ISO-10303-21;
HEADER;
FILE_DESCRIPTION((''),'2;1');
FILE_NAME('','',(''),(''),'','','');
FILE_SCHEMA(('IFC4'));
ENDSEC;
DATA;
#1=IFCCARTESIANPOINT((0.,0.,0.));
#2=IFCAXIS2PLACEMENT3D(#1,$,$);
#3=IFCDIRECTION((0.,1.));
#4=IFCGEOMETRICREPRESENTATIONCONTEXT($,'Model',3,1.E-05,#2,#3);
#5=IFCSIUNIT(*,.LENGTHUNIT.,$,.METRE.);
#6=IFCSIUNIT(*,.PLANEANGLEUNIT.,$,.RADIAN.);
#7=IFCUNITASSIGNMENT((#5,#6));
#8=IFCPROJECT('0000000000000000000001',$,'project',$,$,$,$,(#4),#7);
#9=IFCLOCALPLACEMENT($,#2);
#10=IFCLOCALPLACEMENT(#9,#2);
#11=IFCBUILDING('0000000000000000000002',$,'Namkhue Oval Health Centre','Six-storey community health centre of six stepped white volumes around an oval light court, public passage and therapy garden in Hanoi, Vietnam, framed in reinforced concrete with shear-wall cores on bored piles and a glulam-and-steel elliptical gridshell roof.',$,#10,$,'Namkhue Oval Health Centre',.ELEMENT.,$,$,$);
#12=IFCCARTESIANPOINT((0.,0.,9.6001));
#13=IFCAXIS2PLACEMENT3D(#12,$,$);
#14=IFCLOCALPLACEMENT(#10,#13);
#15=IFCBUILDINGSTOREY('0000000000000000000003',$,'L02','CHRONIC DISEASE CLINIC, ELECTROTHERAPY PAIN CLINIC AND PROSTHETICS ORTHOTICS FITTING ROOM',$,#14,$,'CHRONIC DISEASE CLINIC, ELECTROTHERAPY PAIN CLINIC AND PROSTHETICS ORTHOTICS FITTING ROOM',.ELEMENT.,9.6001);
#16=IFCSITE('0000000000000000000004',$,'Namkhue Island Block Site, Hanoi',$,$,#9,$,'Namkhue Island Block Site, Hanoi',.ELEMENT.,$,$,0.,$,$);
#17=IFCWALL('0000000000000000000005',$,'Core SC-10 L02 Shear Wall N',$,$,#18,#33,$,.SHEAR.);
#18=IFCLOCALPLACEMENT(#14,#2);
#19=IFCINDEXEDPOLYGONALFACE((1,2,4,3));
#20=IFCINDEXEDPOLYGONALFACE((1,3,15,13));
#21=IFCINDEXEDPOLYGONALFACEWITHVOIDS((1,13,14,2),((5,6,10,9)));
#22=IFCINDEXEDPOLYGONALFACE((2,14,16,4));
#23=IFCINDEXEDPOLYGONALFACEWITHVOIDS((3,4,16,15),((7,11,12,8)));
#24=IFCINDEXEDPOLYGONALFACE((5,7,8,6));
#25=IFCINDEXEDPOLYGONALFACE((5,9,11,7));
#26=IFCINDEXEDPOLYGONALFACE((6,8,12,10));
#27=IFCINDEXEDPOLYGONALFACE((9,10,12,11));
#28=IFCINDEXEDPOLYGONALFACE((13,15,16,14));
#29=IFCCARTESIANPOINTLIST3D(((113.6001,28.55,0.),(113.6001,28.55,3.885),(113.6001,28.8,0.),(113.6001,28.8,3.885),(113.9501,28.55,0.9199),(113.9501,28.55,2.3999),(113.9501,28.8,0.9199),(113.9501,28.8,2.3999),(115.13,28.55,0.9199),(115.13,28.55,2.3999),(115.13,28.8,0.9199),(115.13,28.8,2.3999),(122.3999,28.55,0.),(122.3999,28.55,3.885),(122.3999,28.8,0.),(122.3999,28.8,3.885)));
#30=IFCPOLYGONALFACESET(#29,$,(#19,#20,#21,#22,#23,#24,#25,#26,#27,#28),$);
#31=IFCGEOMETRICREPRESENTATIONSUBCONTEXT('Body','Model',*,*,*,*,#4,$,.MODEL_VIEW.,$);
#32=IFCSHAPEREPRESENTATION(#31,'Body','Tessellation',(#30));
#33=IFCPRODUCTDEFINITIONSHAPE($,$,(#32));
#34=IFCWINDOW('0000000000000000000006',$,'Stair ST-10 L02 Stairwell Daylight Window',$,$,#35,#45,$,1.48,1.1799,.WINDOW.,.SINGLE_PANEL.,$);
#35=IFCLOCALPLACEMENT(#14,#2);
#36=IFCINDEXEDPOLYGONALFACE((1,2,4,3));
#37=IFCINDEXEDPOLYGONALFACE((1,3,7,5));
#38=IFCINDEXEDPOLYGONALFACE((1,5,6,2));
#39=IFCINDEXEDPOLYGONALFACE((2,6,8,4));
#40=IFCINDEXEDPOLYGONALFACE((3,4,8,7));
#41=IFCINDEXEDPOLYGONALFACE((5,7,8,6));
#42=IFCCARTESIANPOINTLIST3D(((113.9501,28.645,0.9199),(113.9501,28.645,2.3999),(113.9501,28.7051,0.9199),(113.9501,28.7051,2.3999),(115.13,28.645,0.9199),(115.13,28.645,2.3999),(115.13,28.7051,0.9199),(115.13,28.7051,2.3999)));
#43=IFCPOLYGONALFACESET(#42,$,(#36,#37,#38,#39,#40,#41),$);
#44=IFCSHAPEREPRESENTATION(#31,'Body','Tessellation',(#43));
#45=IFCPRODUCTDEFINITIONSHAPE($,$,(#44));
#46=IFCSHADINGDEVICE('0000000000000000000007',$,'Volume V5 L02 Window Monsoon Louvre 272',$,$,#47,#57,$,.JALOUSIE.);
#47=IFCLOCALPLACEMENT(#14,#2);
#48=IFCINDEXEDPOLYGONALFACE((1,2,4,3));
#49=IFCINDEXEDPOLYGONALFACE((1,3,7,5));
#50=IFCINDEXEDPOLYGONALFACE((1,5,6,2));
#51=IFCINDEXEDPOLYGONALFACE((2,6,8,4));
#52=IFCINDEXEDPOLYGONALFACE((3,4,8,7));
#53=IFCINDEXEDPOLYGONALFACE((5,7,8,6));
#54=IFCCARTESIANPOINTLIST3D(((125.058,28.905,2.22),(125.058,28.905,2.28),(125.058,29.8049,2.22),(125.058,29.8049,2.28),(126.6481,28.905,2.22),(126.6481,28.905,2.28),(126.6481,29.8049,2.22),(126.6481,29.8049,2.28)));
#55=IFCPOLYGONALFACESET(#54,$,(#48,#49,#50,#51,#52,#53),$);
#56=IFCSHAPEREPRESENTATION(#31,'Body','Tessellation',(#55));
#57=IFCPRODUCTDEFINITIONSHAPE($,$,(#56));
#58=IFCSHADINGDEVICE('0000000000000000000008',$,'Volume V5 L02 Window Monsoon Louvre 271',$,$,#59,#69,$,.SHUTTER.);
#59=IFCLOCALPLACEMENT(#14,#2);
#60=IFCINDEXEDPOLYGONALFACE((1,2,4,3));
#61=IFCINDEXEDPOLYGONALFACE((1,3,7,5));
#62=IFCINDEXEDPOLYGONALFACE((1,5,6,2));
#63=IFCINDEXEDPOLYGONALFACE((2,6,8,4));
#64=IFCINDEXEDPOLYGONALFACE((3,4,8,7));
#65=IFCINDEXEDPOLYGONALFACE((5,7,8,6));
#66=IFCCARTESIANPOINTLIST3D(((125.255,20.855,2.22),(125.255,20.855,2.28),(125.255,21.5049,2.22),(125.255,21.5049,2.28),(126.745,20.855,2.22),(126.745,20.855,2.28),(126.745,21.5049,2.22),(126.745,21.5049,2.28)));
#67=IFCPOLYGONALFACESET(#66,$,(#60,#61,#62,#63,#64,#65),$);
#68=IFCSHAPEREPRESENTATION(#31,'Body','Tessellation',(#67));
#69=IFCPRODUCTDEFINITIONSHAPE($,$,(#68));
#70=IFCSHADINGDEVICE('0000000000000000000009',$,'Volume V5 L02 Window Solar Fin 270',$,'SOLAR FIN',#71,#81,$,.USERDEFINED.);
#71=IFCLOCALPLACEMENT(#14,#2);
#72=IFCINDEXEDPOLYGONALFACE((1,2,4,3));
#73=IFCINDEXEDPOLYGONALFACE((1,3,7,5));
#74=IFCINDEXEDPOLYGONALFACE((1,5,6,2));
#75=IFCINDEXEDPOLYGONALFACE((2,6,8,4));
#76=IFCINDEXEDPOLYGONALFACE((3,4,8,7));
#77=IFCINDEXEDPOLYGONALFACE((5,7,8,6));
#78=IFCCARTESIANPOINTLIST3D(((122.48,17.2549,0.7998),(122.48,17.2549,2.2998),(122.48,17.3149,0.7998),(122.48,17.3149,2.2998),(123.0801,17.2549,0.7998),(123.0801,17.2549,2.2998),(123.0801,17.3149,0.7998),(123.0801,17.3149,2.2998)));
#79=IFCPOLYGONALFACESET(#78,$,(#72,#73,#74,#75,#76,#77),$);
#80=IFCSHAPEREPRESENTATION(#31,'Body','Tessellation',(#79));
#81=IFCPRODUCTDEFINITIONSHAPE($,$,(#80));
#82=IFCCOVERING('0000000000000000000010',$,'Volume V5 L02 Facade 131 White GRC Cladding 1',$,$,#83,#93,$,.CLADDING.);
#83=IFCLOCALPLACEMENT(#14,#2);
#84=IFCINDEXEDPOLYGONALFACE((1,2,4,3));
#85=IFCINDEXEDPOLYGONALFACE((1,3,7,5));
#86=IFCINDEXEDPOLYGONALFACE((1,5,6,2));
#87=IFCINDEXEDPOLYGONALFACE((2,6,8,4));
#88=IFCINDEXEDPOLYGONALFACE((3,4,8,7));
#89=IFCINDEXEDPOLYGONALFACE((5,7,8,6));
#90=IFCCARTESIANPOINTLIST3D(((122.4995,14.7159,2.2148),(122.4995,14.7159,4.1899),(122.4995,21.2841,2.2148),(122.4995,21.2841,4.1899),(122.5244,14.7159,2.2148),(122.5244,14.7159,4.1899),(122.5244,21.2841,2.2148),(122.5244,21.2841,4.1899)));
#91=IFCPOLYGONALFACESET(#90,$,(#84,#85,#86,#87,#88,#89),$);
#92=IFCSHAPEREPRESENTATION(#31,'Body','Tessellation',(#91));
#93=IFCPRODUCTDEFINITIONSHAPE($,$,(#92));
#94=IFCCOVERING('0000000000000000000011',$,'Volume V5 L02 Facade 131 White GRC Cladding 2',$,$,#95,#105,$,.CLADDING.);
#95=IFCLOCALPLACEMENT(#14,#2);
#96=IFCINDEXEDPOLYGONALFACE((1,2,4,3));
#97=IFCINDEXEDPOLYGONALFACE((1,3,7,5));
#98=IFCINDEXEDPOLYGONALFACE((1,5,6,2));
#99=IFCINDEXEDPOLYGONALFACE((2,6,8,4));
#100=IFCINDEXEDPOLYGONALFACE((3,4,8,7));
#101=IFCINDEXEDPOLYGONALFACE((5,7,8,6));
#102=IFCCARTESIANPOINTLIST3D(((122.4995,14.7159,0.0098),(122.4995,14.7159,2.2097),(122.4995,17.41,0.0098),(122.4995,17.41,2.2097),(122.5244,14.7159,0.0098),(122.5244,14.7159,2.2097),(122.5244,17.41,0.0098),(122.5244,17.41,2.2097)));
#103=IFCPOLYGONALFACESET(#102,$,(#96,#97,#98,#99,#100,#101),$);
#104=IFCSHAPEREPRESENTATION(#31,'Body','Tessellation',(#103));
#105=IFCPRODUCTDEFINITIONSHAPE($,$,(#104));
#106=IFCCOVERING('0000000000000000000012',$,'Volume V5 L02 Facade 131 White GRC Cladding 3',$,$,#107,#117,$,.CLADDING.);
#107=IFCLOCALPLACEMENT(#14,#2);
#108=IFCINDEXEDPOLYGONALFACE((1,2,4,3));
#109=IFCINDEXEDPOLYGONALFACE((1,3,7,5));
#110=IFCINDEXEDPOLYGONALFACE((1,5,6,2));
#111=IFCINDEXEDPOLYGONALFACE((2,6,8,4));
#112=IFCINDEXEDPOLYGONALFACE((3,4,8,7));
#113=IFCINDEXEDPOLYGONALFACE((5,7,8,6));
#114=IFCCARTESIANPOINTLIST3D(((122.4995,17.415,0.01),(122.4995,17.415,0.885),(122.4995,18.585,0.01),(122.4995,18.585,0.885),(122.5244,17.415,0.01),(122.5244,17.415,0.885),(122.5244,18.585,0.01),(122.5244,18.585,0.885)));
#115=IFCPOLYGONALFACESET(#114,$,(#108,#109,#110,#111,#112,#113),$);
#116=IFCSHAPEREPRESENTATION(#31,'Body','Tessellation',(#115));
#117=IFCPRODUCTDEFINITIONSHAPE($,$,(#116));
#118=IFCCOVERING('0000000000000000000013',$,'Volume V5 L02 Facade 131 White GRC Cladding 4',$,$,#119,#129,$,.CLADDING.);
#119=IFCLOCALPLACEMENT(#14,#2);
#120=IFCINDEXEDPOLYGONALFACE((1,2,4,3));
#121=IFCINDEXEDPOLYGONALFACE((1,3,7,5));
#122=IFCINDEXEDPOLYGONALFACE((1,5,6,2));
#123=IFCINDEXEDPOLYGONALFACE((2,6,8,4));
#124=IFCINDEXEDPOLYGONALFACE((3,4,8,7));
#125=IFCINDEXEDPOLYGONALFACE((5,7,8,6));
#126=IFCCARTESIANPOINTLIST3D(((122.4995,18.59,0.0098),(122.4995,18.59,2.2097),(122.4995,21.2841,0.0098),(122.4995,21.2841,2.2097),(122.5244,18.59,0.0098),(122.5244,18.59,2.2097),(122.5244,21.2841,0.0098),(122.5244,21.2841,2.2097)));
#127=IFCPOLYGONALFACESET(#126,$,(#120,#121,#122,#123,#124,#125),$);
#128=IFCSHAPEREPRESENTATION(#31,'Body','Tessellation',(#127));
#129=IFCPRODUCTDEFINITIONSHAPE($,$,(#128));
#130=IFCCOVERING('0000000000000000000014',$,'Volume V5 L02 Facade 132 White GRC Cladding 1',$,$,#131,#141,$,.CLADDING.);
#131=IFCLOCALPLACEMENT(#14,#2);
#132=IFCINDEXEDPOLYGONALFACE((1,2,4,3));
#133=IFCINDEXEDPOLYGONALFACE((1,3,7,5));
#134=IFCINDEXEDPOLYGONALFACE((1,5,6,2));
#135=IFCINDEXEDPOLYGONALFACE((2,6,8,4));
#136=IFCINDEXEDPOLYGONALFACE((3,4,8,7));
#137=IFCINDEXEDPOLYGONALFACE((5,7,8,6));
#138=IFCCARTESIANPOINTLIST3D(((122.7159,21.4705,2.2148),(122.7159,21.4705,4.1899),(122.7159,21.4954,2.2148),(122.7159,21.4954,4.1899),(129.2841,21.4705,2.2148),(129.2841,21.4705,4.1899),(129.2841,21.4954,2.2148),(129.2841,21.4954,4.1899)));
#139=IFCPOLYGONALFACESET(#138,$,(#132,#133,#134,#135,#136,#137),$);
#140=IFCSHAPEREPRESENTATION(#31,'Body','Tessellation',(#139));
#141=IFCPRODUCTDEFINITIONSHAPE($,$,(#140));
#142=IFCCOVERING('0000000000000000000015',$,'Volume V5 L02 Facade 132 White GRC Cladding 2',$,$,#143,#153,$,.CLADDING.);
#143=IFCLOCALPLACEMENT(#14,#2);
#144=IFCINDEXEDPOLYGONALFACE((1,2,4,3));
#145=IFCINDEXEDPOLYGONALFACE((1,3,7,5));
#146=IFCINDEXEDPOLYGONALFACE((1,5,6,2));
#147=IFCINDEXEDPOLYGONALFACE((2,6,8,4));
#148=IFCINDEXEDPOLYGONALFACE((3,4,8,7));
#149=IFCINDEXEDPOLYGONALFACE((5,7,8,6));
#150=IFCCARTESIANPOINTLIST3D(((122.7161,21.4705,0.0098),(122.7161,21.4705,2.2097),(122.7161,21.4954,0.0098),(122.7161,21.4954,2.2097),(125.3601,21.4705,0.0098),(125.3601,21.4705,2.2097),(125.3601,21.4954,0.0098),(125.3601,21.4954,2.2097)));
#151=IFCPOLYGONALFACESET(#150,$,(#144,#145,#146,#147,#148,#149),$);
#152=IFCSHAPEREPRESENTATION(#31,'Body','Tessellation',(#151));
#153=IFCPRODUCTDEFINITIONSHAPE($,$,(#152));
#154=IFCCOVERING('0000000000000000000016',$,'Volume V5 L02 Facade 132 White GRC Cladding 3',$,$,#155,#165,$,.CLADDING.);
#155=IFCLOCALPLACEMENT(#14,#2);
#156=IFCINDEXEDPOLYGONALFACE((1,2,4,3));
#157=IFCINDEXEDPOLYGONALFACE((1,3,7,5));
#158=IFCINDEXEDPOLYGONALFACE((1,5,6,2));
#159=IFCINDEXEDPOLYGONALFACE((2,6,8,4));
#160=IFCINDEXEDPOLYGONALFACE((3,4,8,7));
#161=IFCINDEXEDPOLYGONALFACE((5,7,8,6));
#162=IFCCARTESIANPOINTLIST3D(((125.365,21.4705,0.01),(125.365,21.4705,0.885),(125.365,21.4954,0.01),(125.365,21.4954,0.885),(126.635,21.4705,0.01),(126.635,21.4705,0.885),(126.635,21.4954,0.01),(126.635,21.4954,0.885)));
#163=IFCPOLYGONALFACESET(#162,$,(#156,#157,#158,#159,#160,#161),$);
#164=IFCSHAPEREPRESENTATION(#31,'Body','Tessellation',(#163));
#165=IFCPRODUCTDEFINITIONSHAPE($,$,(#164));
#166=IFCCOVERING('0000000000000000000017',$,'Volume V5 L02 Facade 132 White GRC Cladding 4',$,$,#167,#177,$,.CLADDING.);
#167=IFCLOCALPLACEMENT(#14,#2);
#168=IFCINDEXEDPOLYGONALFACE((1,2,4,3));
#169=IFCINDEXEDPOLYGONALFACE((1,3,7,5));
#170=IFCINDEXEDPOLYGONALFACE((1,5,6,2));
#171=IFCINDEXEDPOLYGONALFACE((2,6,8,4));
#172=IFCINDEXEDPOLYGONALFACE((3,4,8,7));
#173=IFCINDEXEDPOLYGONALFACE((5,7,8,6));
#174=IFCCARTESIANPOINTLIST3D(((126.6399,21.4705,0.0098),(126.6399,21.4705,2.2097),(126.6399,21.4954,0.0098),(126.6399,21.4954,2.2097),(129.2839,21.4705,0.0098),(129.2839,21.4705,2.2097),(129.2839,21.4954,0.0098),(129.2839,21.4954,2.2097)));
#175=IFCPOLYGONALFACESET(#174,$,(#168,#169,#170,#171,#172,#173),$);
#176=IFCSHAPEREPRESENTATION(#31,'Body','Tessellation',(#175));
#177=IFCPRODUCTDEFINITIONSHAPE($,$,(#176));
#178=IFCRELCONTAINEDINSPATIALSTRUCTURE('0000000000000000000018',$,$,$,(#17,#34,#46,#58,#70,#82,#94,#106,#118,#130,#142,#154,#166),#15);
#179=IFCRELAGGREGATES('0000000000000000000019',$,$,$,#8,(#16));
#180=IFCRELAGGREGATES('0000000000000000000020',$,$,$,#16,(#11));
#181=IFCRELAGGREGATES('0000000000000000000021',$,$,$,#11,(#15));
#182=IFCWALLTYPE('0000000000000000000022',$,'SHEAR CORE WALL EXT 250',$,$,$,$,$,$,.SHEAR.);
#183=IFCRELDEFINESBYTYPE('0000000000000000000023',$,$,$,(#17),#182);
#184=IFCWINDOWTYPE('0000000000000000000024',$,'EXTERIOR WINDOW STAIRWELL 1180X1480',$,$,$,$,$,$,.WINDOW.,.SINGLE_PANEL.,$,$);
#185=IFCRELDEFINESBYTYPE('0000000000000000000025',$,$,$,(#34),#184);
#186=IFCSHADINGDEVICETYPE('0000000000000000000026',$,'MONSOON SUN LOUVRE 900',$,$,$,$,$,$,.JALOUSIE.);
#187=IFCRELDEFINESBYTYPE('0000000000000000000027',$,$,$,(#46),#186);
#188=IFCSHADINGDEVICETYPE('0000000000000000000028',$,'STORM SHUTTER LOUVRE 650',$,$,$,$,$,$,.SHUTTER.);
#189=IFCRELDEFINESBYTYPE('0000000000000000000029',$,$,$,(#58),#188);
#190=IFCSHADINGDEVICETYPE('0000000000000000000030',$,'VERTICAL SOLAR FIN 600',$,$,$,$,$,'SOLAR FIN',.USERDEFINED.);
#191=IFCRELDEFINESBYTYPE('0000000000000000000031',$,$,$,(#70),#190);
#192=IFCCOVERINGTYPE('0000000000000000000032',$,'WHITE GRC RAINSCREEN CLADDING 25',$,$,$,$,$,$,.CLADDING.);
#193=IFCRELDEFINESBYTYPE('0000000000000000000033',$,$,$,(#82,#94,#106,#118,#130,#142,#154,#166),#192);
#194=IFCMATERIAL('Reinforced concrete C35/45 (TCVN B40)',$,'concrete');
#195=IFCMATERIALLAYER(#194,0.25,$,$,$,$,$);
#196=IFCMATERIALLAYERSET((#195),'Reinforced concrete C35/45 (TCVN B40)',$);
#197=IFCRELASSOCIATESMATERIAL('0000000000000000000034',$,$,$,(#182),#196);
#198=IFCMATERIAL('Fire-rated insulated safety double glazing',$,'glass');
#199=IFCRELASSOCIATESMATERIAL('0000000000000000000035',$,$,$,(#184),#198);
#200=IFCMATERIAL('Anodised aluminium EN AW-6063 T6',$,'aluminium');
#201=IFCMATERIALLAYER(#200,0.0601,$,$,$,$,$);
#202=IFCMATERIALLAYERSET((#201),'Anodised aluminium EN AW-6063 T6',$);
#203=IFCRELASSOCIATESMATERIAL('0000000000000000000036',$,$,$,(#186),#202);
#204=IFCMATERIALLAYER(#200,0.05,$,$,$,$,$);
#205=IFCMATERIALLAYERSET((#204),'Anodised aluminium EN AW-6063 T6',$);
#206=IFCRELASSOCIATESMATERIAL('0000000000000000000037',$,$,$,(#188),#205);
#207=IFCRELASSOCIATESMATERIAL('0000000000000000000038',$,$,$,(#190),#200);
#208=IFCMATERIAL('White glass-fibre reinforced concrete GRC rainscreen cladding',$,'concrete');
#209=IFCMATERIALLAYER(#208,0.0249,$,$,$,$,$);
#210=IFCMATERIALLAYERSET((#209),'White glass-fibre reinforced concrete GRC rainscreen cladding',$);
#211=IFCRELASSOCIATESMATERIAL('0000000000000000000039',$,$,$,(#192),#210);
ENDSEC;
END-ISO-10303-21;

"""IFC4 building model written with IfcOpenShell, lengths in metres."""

from ifc_helpers import new_model, si_unit, direction, frame, frame_2d, origin, origin_2d, place, context, subcontext, project, spatial, rectangle, extrude, material, layer, layer_set, type_object, element, fill, save


model = new_model("IFC4")

# Units and contexts
model_context = context("Model", 3, precision=1e-05, world=origin(), true_north=direction((0.0, 1.0)))
body_context = subcontext(model_context, "Body", "Model", "MODEL_VIEW")
ifc_project = project(units=[si_unit("LENGTHUNIT", "METRE"), si_unit("PLANEANGLEUNIT", "RADIAN")], contexts=[model_context])

# Site, building, storey
site_placement = place(None, origin())
site = spatial("IfcSite", under=ifc_project, at=site_placement, Name="Namkhue Island Block Site, Hanoi", LongName="Namkhue Island Block Site, Hanoi", CompositionType="ELEMENT", RefElevation=0.0)
building_placement = place(site_placement, origin())
building = spatial("IfcBuilding", under=site, at=building_placement, Name="Namkhue Oval Health Centre", Description="Six-storey community health centre of six stepped white volumes around an oval light court, public passage and therapy garden in Hanoi, Vietnam, framed in reinforced concrete with shear-wall cores on bored piles and a glulam-and-steel elliptical gridshell roof.", LongName="Namkhue Oval Health Centre", CompositionType="ELEMENT")
storey_placement = place(building_placement, frame((0.0, 0.0, 9.6001)))
storey = spatial("IfcBuildingStorey", under=building, at=storey_placement, Name="L02", Description="CHRONIC DISEASE CLINIC, ELECTROTHERAPY PAIN CLINIC AND PROSTHETICS ORTHOTICS FITTING ROOM", LongName="CHRONIC DISEASE CLINIC, ELECTROTHERAPY PAIN CLINIC AND PROSTHETICS ORTHOTICS FITTING ROOM", CompositionType="ELEMENT", Elevation=9.6001)

# Shared definitions
ifc_material_1 = material(Name="Reinforced concrete C35/45 (TCVN B40)", Category="concrete")

# Wall, opening, window
ifc_layer_1 = layer(ifc_material_1, 0.25)
ifc_layer_set_1 = layer_set([ifc_layer_1], Name="Reinforced concrete C35/45 (TCVN B40)")
wall_type_1 = type_object("IfcWallType", Name="SHEAR CORE WALL EXT 250", PredefinedType="SHEAR", material=ifc_layer_set_1)
wall_1_placement = place(storey_placement, frame((122.3999, 28.675, 0.0), z_axis=(0.0, 0.0, 1.0), x_axis=(-1.0, 0.0, 0.0)))
wall_1 = element("IfcWall", 1, at=wall_1_placement, inside=storey, type_object=wall_type_1, Name="Core SC-10 L02 Shear Wall N", PredefinedType="SHEAR", context=body_context, shape_type="SweptSolid", body=[
    extrude(rectangle(XDim=8.7998, YDim=0.25, at=frame_2d((4.3999, 0.0))), origin(), (0.0, 0.0, 1.0), 3.885),
])
opening_1_placement = place(wall_1_placement, frame((7.27, 0.0, 0.9199)))
opening_1 = element("IfcOpeningElement", 2, at=opening_1_placement, cuts=wall_1, PredefinedType="OPENING", context=body_context, shape_type="SweptSolid", body=[
    extrude(rectangle(XDim=1.1799, YDim=1.48, at=frame_2d((0.5898, 0.74))), frame((0.0, 0.135, 0.0), z_axis=(0.0, -1.0, 0.0), x_axis=(1.0, 0.0, 0.0)), (0.0, 0.0, 1.0), 0.27),
])
ifc_material_2 = material(Name="Fire-rated insulated safety double glazing", Category="glass")
window_type_1 = type_object("IfcWindowType", Name="EXTERIOR WINDOW STAIRWELL 1180X1480", PartitioningType="SINGLE_PANEL", PredefinedType="WINDOW", material=ifc_material_2)
window_1_placement = place(opening_1_placement, origin())
window_1 = element("IfcWindow", 3, at=window_1_placement, inside=storey, type_object=window_type_1, Name="Stair ST-10 L02 Stairwell Daylight Window", OverallHeight=1.48, OverallWidth=1.1799, PartitioningType="SINGLE_PANEL", PredefinedType="WINDOW", context=body_context, shape_type="SweptSolid", body=[
    extrude(rectangle(XDim=1.1799, YDim=1.48, at=frame_2d((0.5898, 0.74))), frame((0.0, 0.03, 0.0), z_axis=(0.0, -1.0, 0.0), x_axis=(1.0, 0.0, 0.0)), (0.0, 0.0, 1.0), 0.0601),
])
fill(opening_1, window_1)

# Shading devices
ifc_material_3 = material(Name="Anodised aluminium EN AW-6063 T6", Category="aluminium")
ifc_layer_2 = layer(ifc_material_3, 0.0601)
ifc_layer_set_2 = layer_set([ifc_layer_2], Name="Anodised aluminium EN AW-6063 T6")
shading_device_type_1 = type_object("IfcShadingDeviceType", Name="MONSOON SUN LOUVRE 900", PredefinedType="JALOUSIE", material=ifc_layer_set_2)
shading_device_1_placement = place(storey_placement, frame((125.853, 29.355, 2.22), z_axis=(0.0, 0.0, 1.0), x_axis=(-1.0, 0.0, 0.0)))
element("IfcShadingDevice", 4, at=shading_device_1_placement, inside=storey, type_object=shading_device_type_1, Name="Volume V5 L02 Window Monsoon Louvre 272", PredefinedType="JALOUSIE", context=body_context, shape_type="SweptSolid", body=[
    extrude(rectangle(XDim=1.5901, YDim=0.8999, at=origin_2d()), origin(), (0.0, 0.0, 1.0), 0.0601),
])
ifc_layer_3 = layer(ifc_material_3, 0.05)
ifc_layer_set_3 = layer_set([ifc_layer_3], Name="Anodised aluminium EN AW-6063 T6")
shading_device_type_2 = type_object("IfcShadingDeviceType", Name="STORM SHUTTER LOUVRE 650", PredefinedType="SHUTTER", material=ifc_layer_set_3)
shading_device_2_placement = place(storey_placement, frame((126.0, 21.1799, 2.22), z_axis=(0.0, 0.0, 1.0), x_axis=(1.0, 0.0, 0.0)))
element("IfcShadingDevice", 5, at=shading_device_2_placement, inside=storey, type_object=shading_device_type_2, Name="Volume V5 L02 Window Monsoon Louvre 271", PredefinedType="SHUTTER", context=body_context, shape_type="SweptSolid", body=[
    extrude(rectangle(XDim=1.49, YDim=0.6499, at=origin_2d()), origin(), (0.0, 0.0, 1.0), 0.0601),
])
shading_device_type_3 = type_object("IfcShadingDeviceType", Name="VERTICAL SOLAR FIN 600", ElementType="SOLAR FIN", PredefinedType="USERDEFINED", material=ifc_material_3)
shading_device_3_placement = place(storey_placement, frame((122.78, 17.2849, 0.7998), z_axis=(0.0, 0.0, 1.0), x_axis=(1.0, 0.0, 0.0)))
element("IfcShadingDevice", 6, at=shading_device_3_placement, inside=storey, type_object=shading_device_type_3, Name="Volume V5 L02 Window Solar Fin 270", ObjectType="SOLAR FIN", PredefinedType="USERDEFINED", context=body_context, shape_type="SweptSolid", body=[
    extrude(rectangle(XDim=0.6001, YDim=0.0601, at=origin_2d()), origin(), (0.0, 0.0, 1.0), 1.5),
])

# Coverings
ifc_material_4 = material(Name="White glass-fibre reinforced concrete GRC rainscreen cladding", Category="concrete")
ifc_layer_4 = layer(ifc_material_4, 0.0249)
ifc_layer_set_4 = layer_set([ifc_layer_4], Name="White glass-fibre reinforced concrete GRC rainscreen cladding")
covering_type = type_object("IfcCoveringType", Name="WHITE GRC RAINSCREEN CLADDING 25", PredefinedType="CLADDING", material=ifc_layer_set_4)
covering_1_placement = place(storey_placement, frame((122.512, 18.0, 2.2148), z_axis=(0.0, 0.0, 1.0), x_axis=(0.0, 1.0, 0.0)))
element("IfcCovering", 7, at=covering_1_placement, inside=storey, type_object=covering_type, Name="Volume V5 L02 Facade 131 White GRC Cladding 1", PredefinedType="CLADDING", context=body_context, shape_type="SweptSolid", body=[
    extrude(rectangle(XDim=6.5681, YDim=0.0249, at=origin_2d()), origin(), (0.0, 0.0, 1.0), 1.9751),
])
covering_2_placement = place(storey_placement, frame((122.512, 16.063, 0.0098), z_axis=(0.0, 0.0, 1.0), x_axis=(0.0, 1.0, 0.0)))
element("IfcCovering", 8, at=covering_2_placement, inside=storey, type_object=covering_type, Name="Volume V5 L02 Facade 131 White GRC Cladding 2", PredefinedType="CLADDING", context=body_context, shape_type="SweptSolid", body=[
    extrude(rectangle(XDim=2.6941, YDim=0.0249, at=origin_2d()), origin(), (0.0, 0.0, 1.0), 2.2),
])
covering_3_placement = place(storey_placement, frame((122.512, 18.0, 0.01), z_axis=(0.0, 0.0, 1.0), x_axis=(0.0, 1.0, 0.0)))
element("IfcCovering", 9, at=covering_3_placement, inside=storey, type_object=covering_type, Name="Volume V5 L02 Facade 131 White GRC Cladding 3", PredefinedType="CLADDING", context=body_context, shape_type="SweptSolid", body=[
    extrude(rectangle(XDim=1.1699, YDim=0.0249, at=origin_2d()), origin(), (0.0, 0.0, 1.0), 0.875),
])
covering_4_placement = place(storey_placement, frame((122.512, 19.937, 0.0098), z_axis=(0.0, 0.0, 1.0), x_axis=(0.0, 1.0, 0.0)))
element("IfcCovering", 10, at=covering_4_placement, inside=storey, type_object=covering_type, Name="Volume V5 L02 Facade 131 White GRC Cladding 4", PredefinedType="CLADDING", context=body_context, shape_type="SweptSolid", body=[
    extrude(rectangle(XDim=2.6941, YDim=0.0249, at=origin_2d()), origin(), (0.0, 0.0, 1.0), 2.2),
])
covering_5_placement = place(storey_placement, frame((126.0, 21.4829, 2.2148), z_axis=(0.0, 0.0, 1.0), x_axis=(1.0, 0.0, 0.0)))
element("IfcCovering", 11, at=covering_5_placement, inside=storey, type_object=covering_type, Name="Volume V5 L02 Facade 132 White GRC Cladding 1", PredefinedType="CLADDING", context=body_context, shape_type="SweptSolid", body=[
    extrude(rectangle(XDim=6.5681, YDim=0.0249, at=origin_2d()), origin(), (0.0, 0.0, 1.0), 1.9751),
])
covering_6_placement = place(storey_placement, frame((124.0381, 21.4829, 0.0098), z_axis=(0.0, 0.0, 1.0), x_axis=(1.0, 0.0, 0.0)))
element("IfcCovering", 12, at=covering_6_placement, inside=storey, type_object=covering_type, Name="Volume V5 L02 Facade 132 White GRC Cladding 2", PredefinedType="CLADDING", context=body_context, shape_type="SweptSolid", body=[
    extrude(rectangle(XDim=2.644, YDim=0.0249, at=origin_2d()), origin(), (0.0, 0.0, 1.0), 2.2),
])
covering_7_placement = place(storey_placement, frame((126.0, 21.4829, 0.01), z_axis=(0.0, 0.0, 1.0), x_axis=(1.0, 0.0, 0.0)))
element("IfcCovering", 13, at=covering_7_placement, inside=storey, type_object=covering_type, Name="Volume V5 L02 Facade 132 White GRC Cladding 3", PredefinedType="CLADDING", context=body_context, shape_type="SweptSolid", body=[
    extrude(rectangle(XDim=1.27, YDim=0.0249, at=origin_2d()), origin(), (0.0, 0.0, 1.0), 0.875),
])
covering_8_placement = place(storey_placement, frame((127.9619, 21.4829, 0.0098), z_axis=(0.0, 0.0, 1.0), x_axis=(1.0, 0.0, 0.0)))
element("IfcCovering", 14, at=covering_8_placement, inside=storey, type_object=covering_type, Name="Volume V5 L02 Facade 132 White GRC Cladding 4", PredefinedType="CLADDING", context=body_context, shape_type="SweptSolid", body=[
    extrude(rectangle(XDim=2.644, YDim=0.0249, at=origin_2d()), origin(), (0.0, 0.0, 1.0), 2.2),
])

save(model, "model.ifc")
